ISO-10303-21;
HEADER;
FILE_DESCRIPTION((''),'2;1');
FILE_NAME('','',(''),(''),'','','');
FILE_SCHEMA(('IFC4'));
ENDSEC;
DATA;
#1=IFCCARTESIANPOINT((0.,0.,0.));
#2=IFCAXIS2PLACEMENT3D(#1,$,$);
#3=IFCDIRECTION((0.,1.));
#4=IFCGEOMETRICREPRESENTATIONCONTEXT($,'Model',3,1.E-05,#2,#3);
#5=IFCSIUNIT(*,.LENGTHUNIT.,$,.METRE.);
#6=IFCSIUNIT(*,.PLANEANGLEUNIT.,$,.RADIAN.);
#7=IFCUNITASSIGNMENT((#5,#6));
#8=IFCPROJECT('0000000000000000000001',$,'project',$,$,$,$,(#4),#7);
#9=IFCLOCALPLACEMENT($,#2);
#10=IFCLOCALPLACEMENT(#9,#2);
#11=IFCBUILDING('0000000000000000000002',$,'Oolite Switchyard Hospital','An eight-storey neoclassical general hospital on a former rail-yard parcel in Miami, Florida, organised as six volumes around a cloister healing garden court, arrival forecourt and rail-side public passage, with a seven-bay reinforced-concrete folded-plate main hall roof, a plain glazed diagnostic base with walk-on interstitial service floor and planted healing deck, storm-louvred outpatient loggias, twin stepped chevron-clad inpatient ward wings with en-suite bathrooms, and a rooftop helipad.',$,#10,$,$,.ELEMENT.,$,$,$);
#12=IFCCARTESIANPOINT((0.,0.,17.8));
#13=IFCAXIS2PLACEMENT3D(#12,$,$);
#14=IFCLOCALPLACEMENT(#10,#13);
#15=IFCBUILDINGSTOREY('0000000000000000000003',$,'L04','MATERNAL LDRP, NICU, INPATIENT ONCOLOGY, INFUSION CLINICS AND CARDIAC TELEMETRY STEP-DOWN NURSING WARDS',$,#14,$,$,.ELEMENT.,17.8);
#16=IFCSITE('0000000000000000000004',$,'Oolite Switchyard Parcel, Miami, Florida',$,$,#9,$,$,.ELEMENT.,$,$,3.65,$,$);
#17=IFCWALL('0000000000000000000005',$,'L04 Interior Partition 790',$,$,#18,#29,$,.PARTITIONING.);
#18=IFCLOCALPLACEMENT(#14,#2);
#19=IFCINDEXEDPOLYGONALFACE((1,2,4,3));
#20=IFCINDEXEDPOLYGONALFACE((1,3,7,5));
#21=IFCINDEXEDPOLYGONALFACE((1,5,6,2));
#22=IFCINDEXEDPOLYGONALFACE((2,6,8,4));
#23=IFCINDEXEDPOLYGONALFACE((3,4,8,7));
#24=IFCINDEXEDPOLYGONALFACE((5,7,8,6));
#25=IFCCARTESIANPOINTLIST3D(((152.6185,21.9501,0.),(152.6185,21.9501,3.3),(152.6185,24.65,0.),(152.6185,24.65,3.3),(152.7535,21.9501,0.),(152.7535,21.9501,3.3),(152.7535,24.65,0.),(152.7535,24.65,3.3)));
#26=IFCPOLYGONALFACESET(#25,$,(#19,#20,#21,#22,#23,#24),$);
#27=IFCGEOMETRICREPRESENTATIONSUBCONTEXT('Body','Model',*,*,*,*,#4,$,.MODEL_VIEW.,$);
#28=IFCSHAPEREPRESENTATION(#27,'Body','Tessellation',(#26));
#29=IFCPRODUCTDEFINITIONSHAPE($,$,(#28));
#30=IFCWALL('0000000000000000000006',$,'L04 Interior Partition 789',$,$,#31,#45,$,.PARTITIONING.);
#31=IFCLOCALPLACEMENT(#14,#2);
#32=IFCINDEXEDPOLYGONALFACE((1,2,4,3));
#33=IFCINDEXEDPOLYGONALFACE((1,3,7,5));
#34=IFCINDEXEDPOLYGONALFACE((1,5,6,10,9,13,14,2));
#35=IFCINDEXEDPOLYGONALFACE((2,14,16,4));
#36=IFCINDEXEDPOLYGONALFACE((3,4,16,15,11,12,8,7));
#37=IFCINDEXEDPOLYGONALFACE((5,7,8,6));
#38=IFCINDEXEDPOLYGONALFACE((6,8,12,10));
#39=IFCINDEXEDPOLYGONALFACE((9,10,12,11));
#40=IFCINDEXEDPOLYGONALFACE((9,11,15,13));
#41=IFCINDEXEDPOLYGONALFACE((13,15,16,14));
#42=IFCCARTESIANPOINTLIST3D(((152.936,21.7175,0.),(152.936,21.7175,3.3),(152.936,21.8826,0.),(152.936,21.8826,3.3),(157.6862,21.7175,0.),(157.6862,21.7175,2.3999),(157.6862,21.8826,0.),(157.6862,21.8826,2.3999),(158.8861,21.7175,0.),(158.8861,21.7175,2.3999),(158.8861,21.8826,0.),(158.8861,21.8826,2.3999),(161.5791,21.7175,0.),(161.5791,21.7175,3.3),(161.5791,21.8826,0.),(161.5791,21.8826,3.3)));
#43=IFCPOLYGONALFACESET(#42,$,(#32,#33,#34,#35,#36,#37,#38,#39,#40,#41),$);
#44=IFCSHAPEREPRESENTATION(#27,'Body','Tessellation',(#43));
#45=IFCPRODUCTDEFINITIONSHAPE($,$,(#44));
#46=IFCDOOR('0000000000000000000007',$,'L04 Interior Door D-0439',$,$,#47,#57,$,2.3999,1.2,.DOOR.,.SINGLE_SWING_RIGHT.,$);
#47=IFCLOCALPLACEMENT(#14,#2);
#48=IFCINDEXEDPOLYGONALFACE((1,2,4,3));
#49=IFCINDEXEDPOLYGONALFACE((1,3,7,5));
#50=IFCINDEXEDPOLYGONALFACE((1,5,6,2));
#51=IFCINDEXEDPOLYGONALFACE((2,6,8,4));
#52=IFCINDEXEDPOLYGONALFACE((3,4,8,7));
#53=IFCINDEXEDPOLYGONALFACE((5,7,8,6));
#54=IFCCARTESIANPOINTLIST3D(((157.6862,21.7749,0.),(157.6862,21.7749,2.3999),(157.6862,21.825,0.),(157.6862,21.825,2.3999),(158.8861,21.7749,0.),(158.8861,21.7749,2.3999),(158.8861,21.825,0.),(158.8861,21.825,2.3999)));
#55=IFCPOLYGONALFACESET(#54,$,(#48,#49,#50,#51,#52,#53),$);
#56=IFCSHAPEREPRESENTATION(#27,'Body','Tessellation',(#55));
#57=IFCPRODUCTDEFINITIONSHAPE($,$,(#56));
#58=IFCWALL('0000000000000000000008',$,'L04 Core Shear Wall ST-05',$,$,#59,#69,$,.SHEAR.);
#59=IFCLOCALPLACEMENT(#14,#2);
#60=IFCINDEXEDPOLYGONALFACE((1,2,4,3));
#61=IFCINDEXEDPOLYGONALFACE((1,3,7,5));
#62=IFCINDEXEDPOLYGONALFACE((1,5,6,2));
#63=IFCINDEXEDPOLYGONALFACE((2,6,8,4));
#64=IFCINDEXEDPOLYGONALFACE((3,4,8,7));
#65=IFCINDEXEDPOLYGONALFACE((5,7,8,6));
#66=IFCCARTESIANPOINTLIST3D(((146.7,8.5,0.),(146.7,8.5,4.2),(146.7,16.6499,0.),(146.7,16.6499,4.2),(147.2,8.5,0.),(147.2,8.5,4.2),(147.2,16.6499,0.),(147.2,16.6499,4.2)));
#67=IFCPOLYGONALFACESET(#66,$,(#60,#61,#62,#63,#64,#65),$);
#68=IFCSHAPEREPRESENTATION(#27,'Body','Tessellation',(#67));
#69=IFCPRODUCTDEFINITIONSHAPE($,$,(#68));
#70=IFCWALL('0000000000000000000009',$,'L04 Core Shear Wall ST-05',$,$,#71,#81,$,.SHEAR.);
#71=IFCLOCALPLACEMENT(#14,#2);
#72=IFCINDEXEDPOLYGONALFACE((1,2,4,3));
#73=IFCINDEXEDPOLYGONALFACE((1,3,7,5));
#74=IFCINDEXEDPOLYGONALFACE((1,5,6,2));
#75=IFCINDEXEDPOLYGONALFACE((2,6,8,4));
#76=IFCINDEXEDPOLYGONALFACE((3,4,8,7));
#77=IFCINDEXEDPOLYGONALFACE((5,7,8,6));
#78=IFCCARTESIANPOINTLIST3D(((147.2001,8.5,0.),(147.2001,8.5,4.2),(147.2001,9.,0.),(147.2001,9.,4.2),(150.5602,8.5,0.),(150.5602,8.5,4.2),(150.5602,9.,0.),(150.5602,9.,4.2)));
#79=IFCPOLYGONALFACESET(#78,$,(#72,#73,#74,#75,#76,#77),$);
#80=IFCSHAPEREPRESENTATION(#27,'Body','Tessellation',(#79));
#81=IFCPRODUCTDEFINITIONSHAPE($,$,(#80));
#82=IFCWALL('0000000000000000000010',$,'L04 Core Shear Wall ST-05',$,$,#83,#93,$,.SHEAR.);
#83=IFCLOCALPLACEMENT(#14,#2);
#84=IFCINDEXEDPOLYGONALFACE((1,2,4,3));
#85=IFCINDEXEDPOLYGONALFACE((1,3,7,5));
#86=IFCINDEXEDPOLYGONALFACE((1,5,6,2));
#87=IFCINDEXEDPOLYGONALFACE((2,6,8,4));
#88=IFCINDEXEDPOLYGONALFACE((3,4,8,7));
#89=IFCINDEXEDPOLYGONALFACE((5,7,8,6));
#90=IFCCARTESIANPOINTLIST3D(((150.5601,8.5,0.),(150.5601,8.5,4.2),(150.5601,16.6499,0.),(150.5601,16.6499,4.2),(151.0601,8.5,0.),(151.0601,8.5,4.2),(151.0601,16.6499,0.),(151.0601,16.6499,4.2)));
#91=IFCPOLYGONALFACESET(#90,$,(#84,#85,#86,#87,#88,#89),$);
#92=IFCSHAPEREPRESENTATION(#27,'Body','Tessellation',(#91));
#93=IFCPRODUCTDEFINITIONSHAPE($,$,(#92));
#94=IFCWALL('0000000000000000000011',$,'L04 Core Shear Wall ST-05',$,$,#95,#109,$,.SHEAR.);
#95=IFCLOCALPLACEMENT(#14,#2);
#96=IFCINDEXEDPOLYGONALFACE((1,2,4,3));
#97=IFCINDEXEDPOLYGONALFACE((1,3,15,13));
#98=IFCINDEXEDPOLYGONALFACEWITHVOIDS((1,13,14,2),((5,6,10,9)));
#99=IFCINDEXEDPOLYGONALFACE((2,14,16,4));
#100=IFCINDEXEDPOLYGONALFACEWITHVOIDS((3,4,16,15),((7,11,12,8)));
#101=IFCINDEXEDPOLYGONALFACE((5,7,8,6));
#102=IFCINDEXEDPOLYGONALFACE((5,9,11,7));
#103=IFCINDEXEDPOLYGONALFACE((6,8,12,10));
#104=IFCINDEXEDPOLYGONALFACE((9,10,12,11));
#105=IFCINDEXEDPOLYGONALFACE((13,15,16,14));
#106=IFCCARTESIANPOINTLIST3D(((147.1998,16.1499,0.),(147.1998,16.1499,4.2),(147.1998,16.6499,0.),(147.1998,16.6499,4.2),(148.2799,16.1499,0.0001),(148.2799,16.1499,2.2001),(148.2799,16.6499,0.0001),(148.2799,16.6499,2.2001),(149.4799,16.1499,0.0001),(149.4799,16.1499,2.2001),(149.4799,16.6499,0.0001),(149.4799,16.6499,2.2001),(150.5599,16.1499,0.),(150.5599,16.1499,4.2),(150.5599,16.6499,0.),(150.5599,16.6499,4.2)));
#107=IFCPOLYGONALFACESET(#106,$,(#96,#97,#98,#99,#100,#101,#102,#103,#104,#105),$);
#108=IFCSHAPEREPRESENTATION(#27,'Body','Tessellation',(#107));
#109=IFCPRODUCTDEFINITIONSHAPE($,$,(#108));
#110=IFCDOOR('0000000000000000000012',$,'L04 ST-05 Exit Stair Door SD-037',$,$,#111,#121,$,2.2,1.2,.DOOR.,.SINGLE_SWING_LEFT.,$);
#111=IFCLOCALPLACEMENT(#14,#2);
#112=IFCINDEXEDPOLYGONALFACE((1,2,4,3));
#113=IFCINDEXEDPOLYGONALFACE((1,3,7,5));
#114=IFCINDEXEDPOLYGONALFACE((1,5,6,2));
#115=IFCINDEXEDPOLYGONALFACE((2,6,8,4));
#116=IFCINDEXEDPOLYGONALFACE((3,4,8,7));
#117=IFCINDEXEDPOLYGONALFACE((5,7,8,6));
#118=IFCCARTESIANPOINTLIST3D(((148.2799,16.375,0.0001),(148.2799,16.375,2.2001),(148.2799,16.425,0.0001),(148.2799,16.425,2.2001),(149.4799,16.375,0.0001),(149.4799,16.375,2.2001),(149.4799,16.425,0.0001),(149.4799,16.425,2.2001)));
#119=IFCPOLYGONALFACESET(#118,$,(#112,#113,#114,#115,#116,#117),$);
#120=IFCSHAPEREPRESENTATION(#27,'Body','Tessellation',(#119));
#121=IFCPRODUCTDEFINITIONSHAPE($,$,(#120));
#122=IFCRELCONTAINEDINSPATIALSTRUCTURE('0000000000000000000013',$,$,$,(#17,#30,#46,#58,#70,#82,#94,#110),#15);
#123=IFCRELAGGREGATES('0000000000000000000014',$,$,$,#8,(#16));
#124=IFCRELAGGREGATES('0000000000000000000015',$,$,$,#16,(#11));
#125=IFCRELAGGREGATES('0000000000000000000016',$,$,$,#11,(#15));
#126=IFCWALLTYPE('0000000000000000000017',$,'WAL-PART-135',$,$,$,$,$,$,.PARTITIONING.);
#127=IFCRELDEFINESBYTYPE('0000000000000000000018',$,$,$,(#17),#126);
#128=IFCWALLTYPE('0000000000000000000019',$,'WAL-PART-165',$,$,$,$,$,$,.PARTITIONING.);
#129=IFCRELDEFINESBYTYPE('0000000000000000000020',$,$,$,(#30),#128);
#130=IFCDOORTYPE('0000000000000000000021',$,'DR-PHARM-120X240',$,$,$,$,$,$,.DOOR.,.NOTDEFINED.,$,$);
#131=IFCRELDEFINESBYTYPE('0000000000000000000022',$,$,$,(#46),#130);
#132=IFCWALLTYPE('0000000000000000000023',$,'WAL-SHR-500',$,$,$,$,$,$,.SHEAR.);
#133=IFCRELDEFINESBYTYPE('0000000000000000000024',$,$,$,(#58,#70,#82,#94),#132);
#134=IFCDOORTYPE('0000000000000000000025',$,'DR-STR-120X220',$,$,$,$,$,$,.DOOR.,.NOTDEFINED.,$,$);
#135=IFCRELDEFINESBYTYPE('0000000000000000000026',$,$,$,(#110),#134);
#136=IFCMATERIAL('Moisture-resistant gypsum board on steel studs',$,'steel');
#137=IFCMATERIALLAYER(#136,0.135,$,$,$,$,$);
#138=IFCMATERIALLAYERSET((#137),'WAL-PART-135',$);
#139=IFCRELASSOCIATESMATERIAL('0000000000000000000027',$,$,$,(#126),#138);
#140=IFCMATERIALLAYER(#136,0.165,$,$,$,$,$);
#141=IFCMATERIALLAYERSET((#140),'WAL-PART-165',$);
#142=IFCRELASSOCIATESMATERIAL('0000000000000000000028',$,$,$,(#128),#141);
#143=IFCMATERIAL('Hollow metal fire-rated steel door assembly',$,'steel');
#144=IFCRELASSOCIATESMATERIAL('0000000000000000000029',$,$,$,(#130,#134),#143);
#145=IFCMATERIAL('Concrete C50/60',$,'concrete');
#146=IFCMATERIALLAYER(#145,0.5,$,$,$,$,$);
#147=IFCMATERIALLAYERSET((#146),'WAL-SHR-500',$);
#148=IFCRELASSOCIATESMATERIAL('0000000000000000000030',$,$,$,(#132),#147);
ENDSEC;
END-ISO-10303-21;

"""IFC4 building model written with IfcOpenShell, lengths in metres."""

from ifc_helpers import new_model, si_unit, direction, frame, frame_2d, origin, place, context, subcontext, project, spatial, rectangle, extrude, material, layer, layer_set, type_object, element, fill, save


model = new_model("IFC4")

# Units and contexts
model_context = context("Model", 3, precision=1e-05, world=origin(), true_north=direction((0.0, 1.0)))
body_context = subcontext(model_context, "Body", "Model", "MODEL_VIEW")
ifc_project = project(units=[si_unit("LENGTHUNIT", "METRE"), si_unit("PLANEANGLEUNIT", "RADIAN")], contexts=[model_context])

# Site, building, storey
site_placement = place(None, origin())
site = spatial("IfcSite", under=ifc_project, at=site_placement, Name="Oolite Switchyard Parcel, Miami, Florida", CompositionType="ELEMENT", RefElevation=3.65)
building_placement = place(site_placement, origin())
building = spatial("IfcBuilding", under=site, at=building_placement, Name="Oolite Switchyard Hospital", Description="An eight-storey neoclassical general hospital on a former rail-yard parcel in Miami, Florida, organised as six volumes around a cloister healing garden court, arrival forecourt and rail-side public passage, with a seven-bay reinforced-concrete folded-plate main hall roof, a plain glazed diagnostic base with walk-on interstitial service floor and planted healing deck, storm-louvred outpatient loggias, twin stepped chevron-clad inpatient ward wings with en-suite bathrooms, and a rooftop helipad.", CompositionType="ELEMENT")
storey_placement = place(building_placement, frame((0.0, 0.0, 17.8)))
storey = spatial("IfcBuildingStorey", under=building, at=storey_placement, Name="L04", Description="MATERNAL LDRP, NICU, INPATIENT ONCOLOGY, INFUSION CLINICS AND CARDIAC TELEMETRY STEP-DOWN NURSING WARDS", CompositionType="ELEMENT", Elevation=17.8)

# Shared definitions
ifc_material_1 = material(Name="Concrete C50/60", Category="concrete")

# Wall
ifc_material_2 = material(Name="Moisture-resistant gypsum board on steel studs", Category="steel")
ifc_layer_1 = layer(ifc_material_2, 0.135)
ifc_layer_set_1 = layer_set([ifc_layer_1], Name="WAL-PART-135")
wall_type_1 = type_object("IfcWallType", Name="WAL-PART-135", PredefinedType="PARTITIONING", material=ifc_layer_set_1)
wall_1_placement = place(storey_placement, frame((152.686, 21.95, 0.0), z_axis=(0.0, 0.0, 1.0), x_axis=(0.0, 1.0, 0.0)))
element("IfcWall", 1, at=wall_1_placement, inside=storey, type_object=wall_type_1, Name="L04 Interior Partition 790", PredefinedType="PARTITIONING", context=body_context, shape_type="SweptSolid", body=[
    extrude(rectangle(XDim=2.7, YDim=0.135, at=frame_2d((1.3501, 0.0))), origin(), (0.0, 0.0, 1.0), 3.3),
])

# Wall, opening, door
ifc_layer_2 = layer(ifc_material_2, 0.165)
ifc_layer_set_2 = layer_set([ifc_layer_2], Name="WAL-PART-165")
wall_type_2 = type_object("IfcWallType", Name="WAL-PART-165", PredefinedType="PARTITIONING", material=ifc_layer_set_2)
wall_2_placement = place(storey_placement, frame((152.936, 21.8, 0.0), z_axis=(0.0, 0.0, 1.0), x_axis=(1.0, 0.0, 0.0)))
wall_2 = element("IfcWall", 2, at=wall_2_placement, inside=storey, type_object=wall_type_2, Name="L04 Interior Partition 789", PredefinedType="PARTITIONING", context=body_context, shape_type="SweptSolid", body=[
    extrude(rectangle(XDim=8.6431, YDim=0.165, at=frame_2d((4.3215, 0.0))), origin(), (0.0, 0.0, 1.0), 3.3),
])
opening_1_placement = place(wall_2_placement, frame((4.75, 0.0, 0.0)))
opening_1 = element("IfcOpeningElement", 3, at=opening_1_placement, cuts=wall_2, PredefinedType="OPENING", context=body_context, shape_type="SweptSolid", body=[
    extrude(rectangle(XDim=1.2, YDim=2.3999, at=frame_2d((0.6001, 1.2))), frame((0.0, 0.0925, 0.0), z_axis=(0.0, -1.0, 0.0), x_axis=(1.0, 0.0, 0.0)), (0.0, 0.0, 1.0), 0.1851),
])
ifc_material_3 = material(Name="Hollow metal fire-rated steel door assembly", Category="steel")
door_type_1 = type_object("IfcDoorType", Name="DR-PHARM-120X240", OperationType="NOTDEFINED", PredefinedType="DOOR", material=ifc_material_3)
door_1_placement = place(opening_1_placement, origin())
door_1 = element("IfcDoor", 4, at=door_1_placement, inside=storey, type_object=door_type_1, Name="L04 Interior Door D-0439", OperationType="SINGLE_SWING_RIGHT", OverallHeight=2.3999, OverallWidth=1.2, PredefinedType="DOOR", context=body_context, shape_type="SweptSolid", body=[
    extrude(rectangle(XDim=1.2, YDim=2.3999, at=frame_2d((0.6001, 1.2))), frame((0.0, 0.0249, 0.0), z_axis=(0.0, -1.0, 0.0), x_axis=(1.0, 0.0, 0.0)), (0.0, 0.0, 1.0), 0.05),
])
fill(opening_1, door_1)

# Walls
ifc_layer_3 = layer(ifc_material_1, 0.5)
ifc_layer_set_3 = layer_set([ifc_layer_3], Name="WAL-SHR-500")
wall_type_3 = type_object("IfcWallType", Name="WAL-SHR-500", PredefinedType="SHEAR", material=ifc_layer_set_3)
wall_3_placement = place(storey_placement, frame((146.95, 16.6499, 0.0), z_axis=(0.0, 0.0, 1.0), x_axis=(0.0, -1.0, 0.0)))
element("IfcWall", 5, at=wall_3_placement, inside=storey, type_object=wall_type_3, Name="L04 Core Shear Wall ST-05", PredefinedType="SHEAR", context=body_context, shape_type="SweptSolid", body=[
    extrude(rectangle(XDim=8.1499, YDim=0.5, at=frame_2d((4.075, 0.0))), origin(), (0.0, 0.0, 1.0), 4.2),
])
wall_4_placement = place(storey_placement, frame((147.2, 8.75, 0.0), z_axis=(0.0, 0.0, 1.0), x_axis=(1.0, 0.0, 0.0)))
element("IfcWall", 6, at=wall_4_placement, inside=storey, type_object=wall_type_3, Name="L04 Core Shear Wall ST-05", PredefinedType="SHEAR", context=body_context, shape_type="SweptSolid", body=[
    extrude(rectangle(XDim=3.3601, YDim=0.5, at=frame_2d((1.6802, 0.0))), origin(), (0.0, 0.0, 1.0), 4.2),
])
wall_5_placement = place(storey_placement, frame((150.8101, 8.5, 0.0), z_axis=(0.0, 0.0, 1.0), x_axis=(0.0, 1.0, 0.0)))
element("IfcWall", 7, at=wall_5_placement, inside=storey, type_object=wall_type_3, Name="L04 Core Shear Wall ST-05", PredefinedType="SHEAR", context=body_context, shape_type="SweptSolid", body=[
    extrude(rectangle(XDim=8.1499, YDim=0.5, at=frame_2d((4.075, 0.0))), origin(), (0.0, 0.0, 1.0), 4.2),
])

# Wall, opening, door
wall_6_placement = place(storey_placement, frame((150.5601, 16.3999, 0.0), z_axis=(0.0, 0.0, 1.0), x_axis=(-1.0, 0.0, 0.0)))
wall_6 = element("IfcWall", 8, at=wall_6_placement, inside=storey, type_object=wall_type_3, Name="L04 Core Shear Wall ST-05", PredefinedType="SHEAR", context=body_context, shape_type="SweptSolid", body=[
    extrude(rectangle(XDim=3.3601, YDim=0.5, at=frame_2d((1.6802, 0.0))), origin(), (0.0, 0.0, 1.0), 4.2),
])
opening_2_placement = place(wall_6_placement, frame((1.0801, 0.0, 0.0)))
opening_2 = element("IfcOpeningElement", 9, at=opening_2_placement, cuts=wall_6, PredefinedType="OPENING", context=body_context, shape_type="SweptSolid", body=[
    extrude(rectangle(XDim=1.2, YDim=2.2, at=frame_2d((0.6001, 1.1001))), frame((0.0, 0.26, 0.0), z_axis=(0.0, -1.0, 0.0), x_axis=(1.0, 0.0, 0.0)), (0.0, 0.0, 1.0), 0.52),
])
door_type_2 = type_object("IfcDoorType", Name="DR-STR-120X220", OperationType="NOTDEFINED", PredefinedType="DOOR", material=ifc_material_3)
door_2_placement = place(opening_2_placement, origin())
door_2 = element("IfcDoor", 10, at=door_2_placement, inside=storey, type_object=door_type_2, Name="L04 ST-05 Exit Stair Door SD-037", OperationType="SINGLE_SWING_LEFT", OverallHeight=2.2, OverallWidth=1.2, PredefinedType="DOOR", context=body_context, shape_type="SweptSolid", body=[
    extrude(rectangle(XDim=1.2, YDim=2.2, at=frame_2d((0.6001, 1.1001))), frame((0.0, 0.0249, 0.0), z_axis=(0.0, -1.0, 0.0), x_axis=(1.0, 0.0, 0.0)), (0.0, 0.0, 1.0), 0.05),
])
fill(opening_2, door_2)

save(model, "model.ifc")
